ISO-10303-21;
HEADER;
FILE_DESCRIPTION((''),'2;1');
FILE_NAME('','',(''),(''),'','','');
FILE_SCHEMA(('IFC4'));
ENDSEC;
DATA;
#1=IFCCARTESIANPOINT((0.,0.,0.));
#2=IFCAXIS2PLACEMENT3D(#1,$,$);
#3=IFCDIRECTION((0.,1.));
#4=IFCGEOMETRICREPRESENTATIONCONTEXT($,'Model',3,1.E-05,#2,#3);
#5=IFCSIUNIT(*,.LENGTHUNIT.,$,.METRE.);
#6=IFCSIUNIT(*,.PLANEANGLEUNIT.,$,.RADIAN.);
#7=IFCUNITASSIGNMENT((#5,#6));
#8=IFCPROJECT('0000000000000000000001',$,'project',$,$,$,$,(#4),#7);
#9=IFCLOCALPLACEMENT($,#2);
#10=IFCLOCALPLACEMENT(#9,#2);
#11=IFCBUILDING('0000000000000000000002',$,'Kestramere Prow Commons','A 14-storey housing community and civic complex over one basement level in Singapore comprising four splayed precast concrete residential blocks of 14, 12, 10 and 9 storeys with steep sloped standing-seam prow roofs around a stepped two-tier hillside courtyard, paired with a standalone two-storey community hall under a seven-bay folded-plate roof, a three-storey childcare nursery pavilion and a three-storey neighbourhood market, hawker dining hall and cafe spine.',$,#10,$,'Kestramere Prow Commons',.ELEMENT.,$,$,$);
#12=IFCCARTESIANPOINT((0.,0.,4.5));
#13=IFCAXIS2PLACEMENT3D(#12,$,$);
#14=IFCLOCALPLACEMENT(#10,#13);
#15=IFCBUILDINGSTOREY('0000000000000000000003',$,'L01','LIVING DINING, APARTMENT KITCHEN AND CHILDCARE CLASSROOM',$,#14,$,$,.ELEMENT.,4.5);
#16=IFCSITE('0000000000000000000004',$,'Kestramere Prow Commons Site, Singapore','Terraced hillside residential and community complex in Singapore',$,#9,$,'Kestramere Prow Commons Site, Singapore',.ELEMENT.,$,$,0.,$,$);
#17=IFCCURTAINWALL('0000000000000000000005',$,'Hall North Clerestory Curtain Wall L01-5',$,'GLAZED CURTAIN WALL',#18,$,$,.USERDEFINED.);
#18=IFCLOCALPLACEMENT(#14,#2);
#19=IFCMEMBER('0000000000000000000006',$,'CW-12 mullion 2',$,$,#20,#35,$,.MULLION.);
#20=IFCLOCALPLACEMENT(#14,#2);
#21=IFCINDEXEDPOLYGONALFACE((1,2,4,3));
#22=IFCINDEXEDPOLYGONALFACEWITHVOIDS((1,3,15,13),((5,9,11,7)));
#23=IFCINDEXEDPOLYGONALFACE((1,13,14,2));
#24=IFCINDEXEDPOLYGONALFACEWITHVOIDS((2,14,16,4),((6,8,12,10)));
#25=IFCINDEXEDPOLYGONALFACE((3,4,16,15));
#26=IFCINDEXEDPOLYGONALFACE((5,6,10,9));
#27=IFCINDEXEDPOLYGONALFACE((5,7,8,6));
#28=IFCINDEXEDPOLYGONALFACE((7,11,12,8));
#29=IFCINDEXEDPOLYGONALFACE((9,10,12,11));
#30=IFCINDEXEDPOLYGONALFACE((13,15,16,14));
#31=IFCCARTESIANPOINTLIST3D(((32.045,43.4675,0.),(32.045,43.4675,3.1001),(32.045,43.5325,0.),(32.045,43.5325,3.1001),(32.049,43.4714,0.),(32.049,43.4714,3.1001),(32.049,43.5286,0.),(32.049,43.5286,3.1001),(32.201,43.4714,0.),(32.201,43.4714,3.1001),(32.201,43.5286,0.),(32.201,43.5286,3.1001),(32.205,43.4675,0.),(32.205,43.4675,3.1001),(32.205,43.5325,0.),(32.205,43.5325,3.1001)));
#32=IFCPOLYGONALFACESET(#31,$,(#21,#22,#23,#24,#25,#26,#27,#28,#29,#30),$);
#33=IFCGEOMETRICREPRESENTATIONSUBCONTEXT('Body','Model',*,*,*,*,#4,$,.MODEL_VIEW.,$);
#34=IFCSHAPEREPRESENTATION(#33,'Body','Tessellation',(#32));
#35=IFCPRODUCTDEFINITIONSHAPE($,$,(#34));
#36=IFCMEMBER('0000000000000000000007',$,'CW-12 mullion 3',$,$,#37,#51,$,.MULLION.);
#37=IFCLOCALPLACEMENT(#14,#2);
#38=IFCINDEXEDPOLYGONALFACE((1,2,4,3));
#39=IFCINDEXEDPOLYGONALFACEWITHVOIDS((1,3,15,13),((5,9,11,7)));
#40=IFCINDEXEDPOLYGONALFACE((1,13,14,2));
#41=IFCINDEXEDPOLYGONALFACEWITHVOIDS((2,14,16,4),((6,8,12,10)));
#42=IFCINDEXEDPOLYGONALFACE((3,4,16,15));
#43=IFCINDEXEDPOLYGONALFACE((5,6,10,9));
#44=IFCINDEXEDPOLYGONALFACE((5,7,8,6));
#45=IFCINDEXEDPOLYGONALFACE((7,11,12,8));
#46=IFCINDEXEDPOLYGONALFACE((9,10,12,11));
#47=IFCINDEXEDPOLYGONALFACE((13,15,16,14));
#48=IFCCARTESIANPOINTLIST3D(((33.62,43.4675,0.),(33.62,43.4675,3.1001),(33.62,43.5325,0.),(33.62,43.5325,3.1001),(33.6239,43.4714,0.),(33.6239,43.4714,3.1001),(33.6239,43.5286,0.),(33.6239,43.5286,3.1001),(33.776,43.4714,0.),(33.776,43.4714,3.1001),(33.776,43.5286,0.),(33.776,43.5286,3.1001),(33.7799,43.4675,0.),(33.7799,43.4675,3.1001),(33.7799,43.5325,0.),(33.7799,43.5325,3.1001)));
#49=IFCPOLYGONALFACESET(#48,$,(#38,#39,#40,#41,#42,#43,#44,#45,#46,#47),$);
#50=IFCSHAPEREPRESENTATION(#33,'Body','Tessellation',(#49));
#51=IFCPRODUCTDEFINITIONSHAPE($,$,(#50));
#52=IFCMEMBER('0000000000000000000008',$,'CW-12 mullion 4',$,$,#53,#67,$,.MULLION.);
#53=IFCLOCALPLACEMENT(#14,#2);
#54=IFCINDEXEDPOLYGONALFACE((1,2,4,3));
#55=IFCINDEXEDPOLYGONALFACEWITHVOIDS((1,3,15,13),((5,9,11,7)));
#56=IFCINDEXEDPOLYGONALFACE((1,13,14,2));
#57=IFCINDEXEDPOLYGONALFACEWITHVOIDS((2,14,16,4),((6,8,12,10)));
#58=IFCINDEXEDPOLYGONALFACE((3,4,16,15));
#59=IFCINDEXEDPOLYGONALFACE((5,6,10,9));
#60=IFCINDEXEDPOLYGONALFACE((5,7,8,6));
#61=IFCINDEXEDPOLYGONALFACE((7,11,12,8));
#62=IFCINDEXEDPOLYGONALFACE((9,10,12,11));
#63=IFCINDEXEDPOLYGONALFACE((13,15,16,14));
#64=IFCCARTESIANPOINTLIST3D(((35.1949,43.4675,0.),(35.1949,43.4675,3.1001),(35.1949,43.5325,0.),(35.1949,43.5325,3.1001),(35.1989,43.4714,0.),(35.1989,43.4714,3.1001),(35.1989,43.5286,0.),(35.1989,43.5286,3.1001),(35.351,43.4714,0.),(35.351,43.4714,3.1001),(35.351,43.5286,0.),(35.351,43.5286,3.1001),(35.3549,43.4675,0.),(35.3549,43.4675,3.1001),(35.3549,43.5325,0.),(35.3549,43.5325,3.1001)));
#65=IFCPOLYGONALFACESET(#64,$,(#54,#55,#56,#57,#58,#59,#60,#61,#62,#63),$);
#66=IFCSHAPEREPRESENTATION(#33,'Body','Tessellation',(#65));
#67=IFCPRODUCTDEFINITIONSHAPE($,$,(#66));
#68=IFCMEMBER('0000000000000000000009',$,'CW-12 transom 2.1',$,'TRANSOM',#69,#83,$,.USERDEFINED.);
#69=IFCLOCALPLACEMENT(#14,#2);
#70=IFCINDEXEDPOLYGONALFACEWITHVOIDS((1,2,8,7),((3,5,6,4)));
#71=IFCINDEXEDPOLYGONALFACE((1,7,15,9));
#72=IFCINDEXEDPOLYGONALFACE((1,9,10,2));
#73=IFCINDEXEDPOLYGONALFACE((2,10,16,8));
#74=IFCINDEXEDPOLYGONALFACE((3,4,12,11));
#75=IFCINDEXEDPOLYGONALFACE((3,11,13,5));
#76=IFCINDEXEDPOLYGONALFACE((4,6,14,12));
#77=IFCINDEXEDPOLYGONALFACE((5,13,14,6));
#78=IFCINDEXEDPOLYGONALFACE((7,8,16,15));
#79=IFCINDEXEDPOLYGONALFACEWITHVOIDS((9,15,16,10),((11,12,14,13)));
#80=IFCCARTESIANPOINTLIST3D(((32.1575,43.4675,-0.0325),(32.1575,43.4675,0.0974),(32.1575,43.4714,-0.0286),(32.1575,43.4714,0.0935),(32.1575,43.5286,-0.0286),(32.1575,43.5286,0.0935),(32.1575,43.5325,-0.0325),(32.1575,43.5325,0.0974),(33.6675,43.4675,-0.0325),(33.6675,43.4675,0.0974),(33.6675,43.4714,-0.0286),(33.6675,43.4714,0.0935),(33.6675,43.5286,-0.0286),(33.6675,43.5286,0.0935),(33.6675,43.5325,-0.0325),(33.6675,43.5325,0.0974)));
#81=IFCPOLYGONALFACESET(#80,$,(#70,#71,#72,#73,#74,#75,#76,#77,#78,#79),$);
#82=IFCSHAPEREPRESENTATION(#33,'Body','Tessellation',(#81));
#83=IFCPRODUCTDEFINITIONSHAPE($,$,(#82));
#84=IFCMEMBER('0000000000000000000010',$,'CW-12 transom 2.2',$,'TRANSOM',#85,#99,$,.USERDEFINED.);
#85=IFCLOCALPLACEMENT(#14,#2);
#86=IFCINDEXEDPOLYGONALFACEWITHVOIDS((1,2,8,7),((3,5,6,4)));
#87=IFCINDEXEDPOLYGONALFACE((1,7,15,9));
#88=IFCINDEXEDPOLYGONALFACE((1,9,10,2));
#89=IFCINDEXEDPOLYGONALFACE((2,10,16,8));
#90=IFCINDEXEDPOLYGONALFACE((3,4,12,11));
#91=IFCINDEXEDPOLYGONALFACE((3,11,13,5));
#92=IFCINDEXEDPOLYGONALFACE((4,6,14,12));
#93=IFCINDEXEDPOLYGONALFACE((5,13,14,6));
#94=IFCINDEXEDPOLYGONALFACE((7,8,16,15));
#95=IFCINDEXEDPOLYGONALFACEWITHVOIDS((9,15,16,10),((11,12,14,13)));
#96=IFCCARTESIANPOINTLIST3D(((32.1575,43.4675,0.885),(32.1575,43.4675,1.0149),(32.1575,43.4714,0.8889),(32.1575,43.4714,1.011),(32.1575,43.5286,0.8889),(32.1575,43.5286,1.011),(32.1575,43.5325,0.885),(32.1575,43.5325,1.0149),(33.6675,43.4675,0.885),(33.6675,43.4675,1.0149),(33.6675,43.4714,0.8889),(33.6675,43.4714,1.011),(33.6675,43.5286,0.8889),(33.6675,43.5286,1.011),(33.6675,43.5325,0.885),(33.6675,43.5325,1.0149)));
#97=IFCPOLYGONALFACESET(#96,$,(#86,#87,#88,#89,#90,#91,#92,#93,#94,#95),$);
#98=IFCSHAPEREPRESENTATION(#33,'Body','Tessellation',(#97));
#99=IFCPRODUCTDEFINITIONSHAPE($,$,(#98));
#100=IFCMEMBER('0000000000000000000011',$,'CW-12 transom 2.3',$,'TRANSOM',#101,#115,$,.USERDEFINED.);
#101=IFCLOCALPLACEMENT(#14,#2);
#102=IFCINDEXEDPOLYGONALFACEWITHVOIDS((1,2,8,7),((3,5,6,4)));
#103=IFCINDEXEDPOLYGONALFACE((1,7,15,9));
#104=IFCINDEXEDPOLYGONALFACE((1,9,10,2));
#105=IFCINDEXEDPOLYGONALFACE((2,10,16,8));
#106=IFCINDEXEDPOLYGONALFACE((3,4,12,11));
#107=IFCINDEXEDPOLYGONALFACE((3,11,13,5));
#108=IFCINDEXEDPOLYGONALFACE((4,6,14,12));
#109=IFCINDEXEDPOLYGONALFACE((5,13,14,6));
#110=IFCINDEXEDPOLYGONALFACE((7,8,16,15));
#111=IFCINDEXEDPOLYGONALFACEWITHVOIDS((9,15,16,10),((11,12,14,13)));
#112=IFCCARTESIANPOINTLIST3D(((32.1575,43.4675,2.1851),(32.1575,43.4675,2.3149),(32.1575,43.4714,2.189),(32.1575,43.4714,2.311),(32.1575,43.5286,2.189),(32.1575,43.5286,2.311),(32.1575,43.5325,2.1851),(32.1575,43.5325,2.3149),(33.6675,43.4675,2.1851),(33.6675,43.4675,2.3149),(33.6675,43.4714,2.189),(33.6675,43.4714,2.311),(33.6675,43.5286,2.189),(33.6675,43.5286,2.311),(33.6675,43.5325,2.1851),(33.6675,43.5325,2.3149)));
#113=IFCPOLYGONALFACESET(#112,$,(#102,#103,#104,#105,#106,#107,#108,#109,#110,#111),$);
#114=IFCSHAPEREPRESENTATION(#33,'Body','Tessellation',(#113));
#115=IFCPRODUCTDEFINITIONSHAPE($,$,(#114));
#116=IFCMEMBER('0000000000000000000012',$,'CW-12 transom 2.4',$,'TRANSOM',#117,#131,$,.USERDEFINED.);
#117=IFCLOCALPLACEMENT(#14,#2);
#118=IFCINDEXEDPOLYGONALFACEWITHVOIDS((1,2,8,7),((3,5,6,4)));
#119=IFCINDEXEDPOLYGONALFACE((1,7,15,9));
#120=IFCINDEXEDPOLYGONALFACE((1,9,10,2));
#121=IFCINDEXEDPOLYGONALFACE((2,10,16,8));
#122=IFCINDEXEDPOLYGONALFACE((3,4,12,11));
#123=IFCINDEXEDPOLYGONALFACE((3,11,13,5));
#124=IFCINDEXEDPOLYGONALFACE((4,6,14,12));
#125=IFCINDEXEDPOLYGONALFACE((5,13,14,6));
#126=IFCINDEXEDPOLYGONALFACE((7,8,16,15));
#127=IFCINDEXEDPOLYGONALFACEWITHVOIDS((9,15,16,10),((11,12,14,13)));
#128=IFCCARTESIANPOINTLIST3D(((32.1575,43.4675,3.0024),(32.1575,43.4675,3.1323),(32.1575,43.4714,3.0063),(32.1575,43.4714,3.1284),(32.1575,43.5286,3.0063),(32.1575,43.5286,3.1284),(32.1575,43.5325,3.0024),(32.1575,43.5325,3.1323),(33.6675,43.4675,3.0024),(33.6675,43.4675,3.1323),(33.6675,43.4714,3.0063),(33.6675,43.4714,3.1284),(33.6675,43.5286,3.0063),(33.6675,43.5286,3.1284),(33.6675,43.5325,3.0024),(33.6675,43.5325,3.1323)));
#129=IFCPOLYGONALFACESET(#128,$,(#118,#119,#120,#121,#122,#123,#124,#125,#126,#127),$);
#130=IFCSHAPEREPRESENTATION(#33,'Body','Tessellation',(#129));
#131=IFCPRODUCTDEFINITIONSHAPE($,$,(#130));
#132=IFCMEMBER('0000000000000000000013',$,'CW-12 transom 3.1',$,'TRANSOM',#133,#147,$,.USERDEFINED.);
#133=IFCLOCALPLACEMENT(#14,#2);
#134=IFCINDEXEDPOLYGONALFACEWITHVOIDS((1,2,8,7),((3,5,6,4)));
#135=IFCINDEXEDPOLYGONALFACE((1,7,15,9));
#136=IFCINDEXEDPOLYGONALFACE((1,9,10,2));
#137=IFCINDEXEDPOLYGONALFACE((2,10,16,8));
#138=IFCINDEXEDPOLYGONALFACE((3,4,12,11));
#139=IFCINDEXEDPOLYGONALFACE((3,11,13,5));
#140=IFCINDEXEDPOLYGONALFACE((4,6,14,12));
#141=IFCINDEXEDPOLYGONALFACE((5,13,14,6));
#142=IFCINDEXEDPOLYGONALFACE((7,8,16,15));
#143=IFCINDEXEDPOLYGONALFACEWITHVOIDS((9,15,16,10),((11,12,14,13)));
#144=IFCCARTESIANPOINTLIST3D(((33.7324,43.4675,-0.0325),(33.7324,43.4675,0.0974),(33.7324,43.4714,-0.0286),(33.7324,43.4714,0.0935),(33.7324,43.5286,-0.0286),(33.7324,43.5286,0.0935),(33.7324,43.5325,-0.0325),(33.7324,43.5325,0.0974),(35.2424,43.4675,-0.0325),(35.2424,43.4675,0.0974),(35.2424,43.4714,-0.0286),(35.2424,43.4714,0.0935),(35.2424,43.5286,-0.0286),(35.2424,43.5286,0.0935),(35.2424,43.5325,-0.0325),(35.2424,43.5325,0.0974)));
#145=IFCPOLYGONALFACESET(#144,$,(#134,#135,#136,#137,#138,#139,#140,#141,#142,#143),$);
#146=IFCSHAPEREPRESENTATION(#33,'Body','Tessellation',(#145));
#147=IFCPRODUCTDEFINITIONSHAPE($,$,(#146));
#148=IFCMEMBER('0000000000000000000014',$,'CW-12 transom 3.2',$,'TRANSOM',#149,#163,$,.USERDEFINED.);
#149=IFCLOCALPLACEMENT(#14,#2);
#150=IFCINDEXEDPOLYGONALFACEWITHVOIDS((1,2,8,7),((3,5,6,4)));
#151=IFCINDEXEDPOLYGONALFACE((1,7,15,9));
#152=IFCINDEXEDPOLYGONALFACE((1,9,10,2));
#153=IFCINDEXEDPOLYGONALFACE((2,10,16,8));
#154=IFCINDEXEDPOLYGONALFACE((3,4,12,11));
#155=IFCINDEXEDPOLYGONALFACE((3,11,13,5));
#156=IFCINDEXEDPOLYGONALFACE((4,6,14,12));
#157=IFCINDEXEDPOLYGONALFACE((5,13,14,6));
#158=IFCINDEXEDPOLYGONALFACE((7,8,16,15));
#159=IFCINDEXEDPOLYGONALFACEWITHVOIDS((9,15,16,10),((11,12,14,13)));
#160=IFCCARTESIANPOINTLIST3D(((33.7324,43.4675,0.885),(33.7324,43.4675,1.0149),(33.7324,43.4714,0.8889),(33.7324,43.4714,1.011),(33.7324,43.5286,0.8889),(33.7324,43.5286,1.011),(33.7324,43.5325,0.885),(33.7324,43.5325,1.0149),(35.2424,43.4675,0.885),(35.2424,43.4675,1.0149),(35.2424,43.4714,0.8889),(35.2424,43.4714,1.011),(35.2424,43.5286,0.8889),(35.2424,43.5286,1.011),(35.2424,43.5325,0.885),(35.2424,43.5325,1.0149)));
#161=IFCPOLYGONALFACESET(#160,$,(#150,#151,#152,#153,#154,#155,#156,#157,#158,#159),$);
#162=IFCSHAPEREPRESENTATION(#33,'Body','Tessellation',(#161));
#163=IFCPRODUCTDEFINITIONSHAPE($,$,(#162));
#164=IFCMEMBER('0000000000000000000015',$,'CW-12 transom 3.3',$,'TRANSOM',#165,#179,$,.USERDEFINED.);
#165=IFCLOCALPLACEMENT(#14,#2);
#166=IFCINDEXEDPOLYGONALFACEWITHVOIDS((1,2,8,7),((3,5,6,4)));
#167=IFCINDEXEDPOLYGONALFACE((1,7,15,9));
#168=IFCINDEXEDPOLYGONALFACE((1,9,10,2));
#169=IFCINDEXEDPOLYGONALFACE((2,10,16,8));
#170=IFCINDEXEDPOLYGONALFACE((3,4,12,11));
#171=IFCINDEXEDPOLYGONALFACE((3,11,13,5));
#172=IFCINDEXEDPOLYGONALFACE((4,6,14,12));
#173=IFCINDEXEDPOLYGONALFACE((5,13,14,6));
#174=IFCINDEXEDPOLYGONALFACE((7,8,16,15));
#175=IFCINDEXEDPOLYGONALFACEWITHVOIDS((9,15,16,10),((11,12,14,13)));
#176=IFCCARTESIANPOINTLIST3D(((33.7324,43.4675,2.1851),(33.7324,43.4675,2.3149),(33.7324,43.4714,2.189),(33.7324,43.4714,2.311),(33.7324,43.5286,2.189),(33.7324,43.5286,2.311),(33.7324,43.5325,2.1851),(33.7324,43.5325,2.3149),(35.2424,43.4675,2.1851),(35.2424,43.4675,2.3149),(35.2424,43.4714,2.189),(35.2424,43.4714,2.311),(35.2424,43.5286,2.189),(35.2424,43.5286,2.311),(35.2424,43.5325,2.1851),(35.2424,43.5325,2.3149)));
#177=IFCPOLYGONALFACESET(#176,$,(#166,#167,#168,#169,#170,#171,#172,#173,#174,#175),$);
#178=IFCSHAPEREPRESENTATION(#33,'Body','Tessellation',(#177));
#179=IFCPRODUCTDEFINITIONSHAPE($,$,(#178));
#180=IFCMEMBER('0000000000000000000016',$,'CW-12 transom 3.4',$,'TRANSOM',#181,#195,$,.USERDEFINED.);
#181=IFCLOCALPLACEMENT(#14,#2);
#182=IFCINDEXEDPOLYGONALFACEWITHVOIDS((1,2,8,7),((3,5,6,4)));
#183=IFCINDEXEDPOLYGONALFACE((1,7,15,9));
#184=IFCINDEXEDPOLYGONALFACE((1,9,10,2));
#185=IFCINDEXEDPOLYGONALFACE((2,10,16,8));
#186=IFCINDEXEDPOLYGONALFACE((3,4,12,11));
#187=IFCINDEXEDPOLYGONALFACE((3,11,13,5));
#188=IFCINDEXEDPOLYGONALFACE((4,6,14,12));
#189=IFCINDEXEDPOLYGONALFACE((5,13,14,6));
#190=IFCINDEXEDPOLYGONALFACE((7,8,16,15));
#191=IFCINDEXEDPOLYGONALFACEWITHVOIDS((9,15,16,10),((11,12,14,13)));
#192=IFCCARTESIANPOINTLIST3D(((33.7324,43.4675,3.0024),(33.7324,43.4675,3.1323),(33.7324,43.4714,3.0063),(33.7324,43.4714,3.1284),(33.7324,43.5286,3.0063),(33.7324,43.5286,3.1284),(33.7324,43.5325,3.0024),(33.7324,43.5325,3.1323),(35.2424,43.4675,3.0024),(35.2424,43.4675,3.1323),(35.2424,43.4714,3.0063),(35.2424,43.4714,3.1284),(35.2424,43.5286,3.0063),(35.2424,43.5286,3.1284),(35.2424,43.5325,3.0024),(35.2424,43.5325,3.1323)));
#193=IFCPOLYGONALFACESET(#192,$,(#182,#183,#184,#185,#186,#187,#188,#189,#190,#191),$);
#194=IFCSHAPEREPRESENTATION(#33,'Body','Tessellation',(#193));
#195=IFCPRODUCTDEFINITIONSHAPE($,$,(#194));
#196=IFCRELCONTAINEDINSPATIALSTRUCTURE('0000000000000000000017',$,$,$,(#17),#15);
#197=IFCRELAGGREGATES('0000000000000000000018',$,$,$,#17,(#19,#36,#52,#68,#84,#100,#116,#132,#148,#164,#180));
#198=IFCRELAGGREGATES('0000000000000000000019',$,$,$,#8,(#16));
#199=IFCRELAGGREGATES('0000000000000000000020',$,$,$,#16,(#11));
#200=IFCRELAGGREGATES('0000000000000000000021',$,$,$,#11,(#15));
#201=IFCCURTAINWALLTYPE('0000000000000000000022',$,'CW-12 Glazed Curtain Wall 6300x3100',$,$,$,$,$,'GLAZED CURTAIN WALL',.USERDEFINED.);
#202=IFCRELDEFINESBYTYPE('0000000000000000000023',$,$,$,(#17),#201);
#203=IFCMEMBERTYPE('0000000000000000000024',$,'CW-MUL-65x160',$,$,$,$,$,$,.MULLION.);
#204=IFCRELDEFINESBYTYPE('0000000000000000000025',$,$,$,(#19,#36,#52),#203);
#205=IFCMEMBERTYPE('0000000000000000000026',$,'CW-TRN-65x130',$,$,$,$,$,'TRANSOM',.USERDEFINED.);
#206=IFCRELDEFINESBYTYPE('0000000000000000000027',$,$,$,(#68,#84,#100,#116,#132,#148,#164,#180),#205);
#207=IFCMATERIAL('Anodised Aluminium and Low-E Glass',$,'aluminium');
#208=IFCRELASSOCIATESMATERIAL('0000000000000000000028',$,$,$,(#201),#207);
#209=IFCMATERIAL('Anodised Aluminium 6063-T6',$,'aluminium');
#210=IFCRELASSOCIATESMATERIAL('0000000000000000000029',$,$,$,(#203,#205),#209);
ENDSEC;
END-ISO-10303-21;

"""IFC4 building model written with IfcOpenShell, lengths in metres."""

from ifc_helpers import new_model, si_unit, direction, frame, origin, origin_2d, place, context, subcontext, project, spatial, hollow_rectangle, extrude, material, material_profile, profile_set, type_object, element, aggregate, save


model = new_model("IFC4")

# Units and contexts
model_context = context("Model", 3, precision=1e-05, world=origin(), true_north=direction((0.0, 1.0)))
body_context = subcontext(model_context, "Body", "Model", "MODEL_VIEW")
ifc_project = project(units=[si_unit("LENGTHUNIT", "METRE"), si_unit("PLANEANGLEUNIT", "RADIAN")], contexts=[model_context])

# Site, building, storey
site_placement = place(None, origin())
site = spatial("IfcSite", under=ifc_project, at=site_placement, Name="Kestramere Prow Commons Site, Singapore", Description="Terraced hillside residential and community complex in Singapore", LongName="Kestramere Prow Commons Site, Singapore", CompositionType="ELEMENT", RefElevation=0.0)
building_placement = place(site_placement, origin())
building = spatial("IfcBuilding", under=site, at=building_placement, Name="Kestramere Prow Commons", Description="A 14-storey housing community and civic complex over one basement level in Singapore comprising four splayed precast concrete residential blocks of 14, 12, 10 and 9 storeys with steep sloped standing-seam prow roofs around a stepped two-tier hillside courtyard, paired with a standalone two-storey community hall under a seven-bay folded-plate roof, a three-storey childcare nursery pavilion and a three-storey neighbourhood market, hawker dining hall and cafe spine.", LongName="Kestramere Prow Commons", CompositionType="ELEMENT")
storey_placement = place(building_placement, frame((0.0, 0.0, 4.5)))
storey = spatial("IfcBuildingStorey", under=building, at=storey_placement, Name="L01", Description="LIVING DINING, APARTMENT KITCHEN AND CHILDCARE CLASSROOM", CompositionType="ELEMENT", Elevation=4.5)

# Curtain wall, members
ifc_material_1 = material(Name="Anodised Aluminium and Low-E Glass", Category="aluminium")
curtain_wall_type = type_object("IfcCurtainWallType", Name="CW-12 Glazed Curtain Wall 6300x3100", ElementType="GLAZED CURTAIN WALL", PredefinedType="USERDEFINED", material=ifc_material_1)
curtain_wall_placement = place(storey_placement, origin())
curtain_wall = element("IfcCurtainWall", 1, at=curtain_wall_placement, inside=storey, type_object=curtain_wall_type, Name="Hall North Clerestory Curtain Wall L01-5", ObjectType="GLAZED CURTAIN WALL", PredefinedType="USERDEFINED")
ifc_material_2 = material(Name="Anodised Aluminium 6063-T6", Category="aluminium")
ifc_material_profile_1 = material_profile(ifc_material_2, hollow_rectangle(XDim=0.0649, YDim=0.1599, WallThickness=0.0039, at=origin_2d()), Name="ALU-MUL 65x160")
ifc_profile_set_1 = profile_set([ifc_material_profile_1], Name="Anodised Aluminium 6063-T6")
member_type_1 = type_object("IfcMemberType", Name="CW-MUL-65x160", PredefinedType="MULLION", material=ifc_profile_set_1)
member_1_placement = place(storey_placement, frame((32.125, 43.5, 0.0), z_axis=(0.0, 0.0, 1.0), x_axis=(0.0, 1.0, 0.0)))
member_1 = element("IfcMember", 2, at=member_1_placement, type_object=member_type_1, Name="CW-12 mullion 2", PredefinedType="MULLION", context=body_context, shape_type="SweptSolid", body=[
    extrude(hollow_rectangle(XDim=0.0649, YDim=0.1599, WallThickness=0.0039, at=origin_2d()), origin(), (0.0, 0.0, 1.0), 3.1001),
])
member_2_placement = place(storey_placement, frame((33.7, 43.5, 0.0), z_axis=(0.0, 0.0, 1.0), x_axis=(0.0, 1.0, 0.0)))
member_2 = element("IfcMember", 3, at=member_2_placement, type_object=member_type_1, Name="CW-12 mullion 3", PredefinedType="MULLION", context=body_context, shape_type="SweptSolid", body=[
    extrude(hollow_rectangle(XDim=0.0649, YDim=0.1599, WallThickness=0.0039, at=origin_2d()), origin(), (0.0, 0.0, 1.0), 3.1001),
])
member_3_placement = place(storey_placement, frame((35.2749, 43.5, 0.0), z_axis=(0.0, 0.0, 1.0), x_axis=(0.0, 1.0, 0.0)))
member_3 = element("IfcMember", 4, at=member_3_placement, type_object=member_type_1, Name="CW-12 mullion 4", PredefinedType="MULLION", context=body_context, shape_type="SweptSolid", body=[
    extrude(hollow_rectangle(XDim=0.0649, YDim=0.1599, WallThickness=0.0039, at=origin_2d()), origin(), (0.0, 0.0, 1.0), 3.1001),
])
ifc_material_profile_2 = material_profile(ifc_material_2, hollow_rectangle(XDim=0.0649, YDim=0.1299, WallThickness=0.0039, at=origin_2d()), Name="ALU-TRN 65x130")
ifc_profile_set_2 = profile_set([ifc_material_profile_2], Name="Anodised Aluminium 6063-T6")
member_type_2 = type_object("IfcMemberType", Name="CW-TRN-65x130", ElementType="TRANSOM", PredefinedType="USERDEFINED", material=ifc_profile_set_2)
member_4_placement = place(storey_placement, frame((32.1575, 43.5, 0.0325), z_axis=(1.0, 0.0, 0.0), x_axis=(0.0, 1.0, 0.0)))
member_4 = element("IfcMember", 5, at=member_4_placement, type_object=member_type_2, Name="CW-12 transom 2.1", ObjectType="TRANSOM", PredefinedType="USERDEFINED", context=body_context, shape_type="SweptSolid", body=[
    extrude(hollow_rectangle(XDim=0.0649, YDim=0.1299, WallThickness=0.0039, at=origin_2d()), origin(), (0.0, 0.0, 1.0), 1.51),
])
member_5_placement = place(storey_placement, frame((32.1575, 43.5, 0.95), z_axis=(1.0, 0.0, 0.0), x_axis=(0.0, 1.0, 0.0)))
member_5 = element("IfcMember", 6, at=member_5_placement, type_object=member_type_2, Name="CW-12 transom 2.2", ObjectType="TRANSOM", PredefinedType="USERDEFINED", context=body_context, shape_type="SweptSolid", body=[
    extrude(hollow_rectangle(XDim=0.0649, YDim=0.1299, WallThickness=0.0039, at=origin_2d()), origin(), (0.0, 0.0, 1.0), 1.51),
])
member_6_placement = place(storey_placement, frame((32.1575, 43.5, 2.25), z_axis=(1.0, 0.0, 0.0), x_axis=(0.0, 1.0, 0.0)))
member_6 = element("IfcMember", 7, at=member_6_placement, type_object=member_type_2, Name="CW-12 transom 2.3", ObjectType="TRANSOM", PredefinedType="USERDEFINED", context=body_context, shape_type="SweptSolid", body=[
    extrude(hollow_rectangle(XDim=0.0649, YDim=0.1299, WallThickness=0.0039, at=origin_2d()), origin(), (0.0, 0.0, 1.0), 1.51),
])
member_7_placement = place(storey_placement, frame((32.1575, 43.5, 3.0674), z_axis=(1.0, 0.0, 0.0), x_axis=(0.0, 1.0, 0.0)))
member_7 = element("IfcMember", 8, at=member_7_placement, type_object=member_type_2, Name="CW-12 transom 2.4", ObjectType="TRANSOM", PredefinedType="USERDEFINED", context=body_context, shape_type="SweptSolid", body=[
    extrude(hollow_rectangle(XDim=0.0649, YDim=0.1299, WallThickness=0.0039, at=origin_2d()), origin(), (0.0, 0.0, 1.0), 1.51),
])
member_8_placement = place(storey_placement, frame((33.7324, 43.5, 0.0325), z_axis=(1.0, 0.0, 0.0), x_axis=(0.0, 1.0, 0.0)))
member_8 = element("IfcMember", 9, at=member_8_placement, type_object=member_type_2, Name="CW-12 transom 3.1", ObjectType="TRANSOM", PredefinedType="USERDEFINED", context=body_context, shape_type="SweptSolid", body=[
    extrude(hollow_rectangle(XDim=0.0649, YDim=0.1299, WallThickness=0.0039, at=origin_2d()), origin(), (0.0, 0.0, 1.0), 1.51),
])
member_9_placement = place(storey_placement, frame((33.7324, 43.5, 0.95), z_axis=(1.0, 0.0, 0.0), x_axis=(0.0, 1.0, 0.0)))
member_9 = element("IfcMember", 10, at=member_9_placement, type_object=member_type_2, Name="CW-12 transom 3.2", ObjectType="TRANSOM", PredefinedType="USERDEFINED", context=body_context, shape_type="SweptSolid", body=[
    extrude(hollow_rectangle(XDim=0.0649, YDim=0.1299, WallThickness=0.0039, at=origin_2d()), origin(), (0.0, 0.0, 1.0), 1.51),
])
member_10_placement = place(storey_placement, frame((33.7324, 43.5, 2.25), z_axis=(1.0, 0.0, 0.0), x_axis=(0.0, 1.0, 0.0)))
member_10 = element("IfcMember", 11, at=member_10_placement, type_object=member_type_2, Name="CW-12 transom 3.3", ObjectType="TRANSOM", PredefinedType="USERDEFINED", context=body_context, shape_type="SweptSolid", body=[
    extrude(hollow_rectangle(XDim=0.0649, YDim=0.1299, WallThickness=0.0039, at=origin_2d()), origin(), (0.0, 0.0, 1.0), 1.51),
])
member_11_placement = place(storey_placement, frame((33.7324, 43.5, 3.0674), z_axis=(1.0, 0.0, 0.0), x_axis=(0.0, 1.0, 0.0)))
member_11 = element("IfcMember", 12, at=member_11_placement, type_object=member_type_2, Name="CW-12 transom 3.4", ObjectType="TRANSOM", PredefinedType="USERDEFINED", context=body_context, shape_type="SweptSolid", body=[
    extrude(hollow_rectangle(XDim=0.0649, YDim=0.1299, WallThickness=0.0039, at=origin_2d()), origin(), (0.0, 0.0, 1.0), 1.51),
])
aggregate(curtain_wall, [member_1, member_2, member_3, member_4, member_5, member_6, member_7, member_8, member_9, member_10, member_11])

save(model, "model.ifc")
